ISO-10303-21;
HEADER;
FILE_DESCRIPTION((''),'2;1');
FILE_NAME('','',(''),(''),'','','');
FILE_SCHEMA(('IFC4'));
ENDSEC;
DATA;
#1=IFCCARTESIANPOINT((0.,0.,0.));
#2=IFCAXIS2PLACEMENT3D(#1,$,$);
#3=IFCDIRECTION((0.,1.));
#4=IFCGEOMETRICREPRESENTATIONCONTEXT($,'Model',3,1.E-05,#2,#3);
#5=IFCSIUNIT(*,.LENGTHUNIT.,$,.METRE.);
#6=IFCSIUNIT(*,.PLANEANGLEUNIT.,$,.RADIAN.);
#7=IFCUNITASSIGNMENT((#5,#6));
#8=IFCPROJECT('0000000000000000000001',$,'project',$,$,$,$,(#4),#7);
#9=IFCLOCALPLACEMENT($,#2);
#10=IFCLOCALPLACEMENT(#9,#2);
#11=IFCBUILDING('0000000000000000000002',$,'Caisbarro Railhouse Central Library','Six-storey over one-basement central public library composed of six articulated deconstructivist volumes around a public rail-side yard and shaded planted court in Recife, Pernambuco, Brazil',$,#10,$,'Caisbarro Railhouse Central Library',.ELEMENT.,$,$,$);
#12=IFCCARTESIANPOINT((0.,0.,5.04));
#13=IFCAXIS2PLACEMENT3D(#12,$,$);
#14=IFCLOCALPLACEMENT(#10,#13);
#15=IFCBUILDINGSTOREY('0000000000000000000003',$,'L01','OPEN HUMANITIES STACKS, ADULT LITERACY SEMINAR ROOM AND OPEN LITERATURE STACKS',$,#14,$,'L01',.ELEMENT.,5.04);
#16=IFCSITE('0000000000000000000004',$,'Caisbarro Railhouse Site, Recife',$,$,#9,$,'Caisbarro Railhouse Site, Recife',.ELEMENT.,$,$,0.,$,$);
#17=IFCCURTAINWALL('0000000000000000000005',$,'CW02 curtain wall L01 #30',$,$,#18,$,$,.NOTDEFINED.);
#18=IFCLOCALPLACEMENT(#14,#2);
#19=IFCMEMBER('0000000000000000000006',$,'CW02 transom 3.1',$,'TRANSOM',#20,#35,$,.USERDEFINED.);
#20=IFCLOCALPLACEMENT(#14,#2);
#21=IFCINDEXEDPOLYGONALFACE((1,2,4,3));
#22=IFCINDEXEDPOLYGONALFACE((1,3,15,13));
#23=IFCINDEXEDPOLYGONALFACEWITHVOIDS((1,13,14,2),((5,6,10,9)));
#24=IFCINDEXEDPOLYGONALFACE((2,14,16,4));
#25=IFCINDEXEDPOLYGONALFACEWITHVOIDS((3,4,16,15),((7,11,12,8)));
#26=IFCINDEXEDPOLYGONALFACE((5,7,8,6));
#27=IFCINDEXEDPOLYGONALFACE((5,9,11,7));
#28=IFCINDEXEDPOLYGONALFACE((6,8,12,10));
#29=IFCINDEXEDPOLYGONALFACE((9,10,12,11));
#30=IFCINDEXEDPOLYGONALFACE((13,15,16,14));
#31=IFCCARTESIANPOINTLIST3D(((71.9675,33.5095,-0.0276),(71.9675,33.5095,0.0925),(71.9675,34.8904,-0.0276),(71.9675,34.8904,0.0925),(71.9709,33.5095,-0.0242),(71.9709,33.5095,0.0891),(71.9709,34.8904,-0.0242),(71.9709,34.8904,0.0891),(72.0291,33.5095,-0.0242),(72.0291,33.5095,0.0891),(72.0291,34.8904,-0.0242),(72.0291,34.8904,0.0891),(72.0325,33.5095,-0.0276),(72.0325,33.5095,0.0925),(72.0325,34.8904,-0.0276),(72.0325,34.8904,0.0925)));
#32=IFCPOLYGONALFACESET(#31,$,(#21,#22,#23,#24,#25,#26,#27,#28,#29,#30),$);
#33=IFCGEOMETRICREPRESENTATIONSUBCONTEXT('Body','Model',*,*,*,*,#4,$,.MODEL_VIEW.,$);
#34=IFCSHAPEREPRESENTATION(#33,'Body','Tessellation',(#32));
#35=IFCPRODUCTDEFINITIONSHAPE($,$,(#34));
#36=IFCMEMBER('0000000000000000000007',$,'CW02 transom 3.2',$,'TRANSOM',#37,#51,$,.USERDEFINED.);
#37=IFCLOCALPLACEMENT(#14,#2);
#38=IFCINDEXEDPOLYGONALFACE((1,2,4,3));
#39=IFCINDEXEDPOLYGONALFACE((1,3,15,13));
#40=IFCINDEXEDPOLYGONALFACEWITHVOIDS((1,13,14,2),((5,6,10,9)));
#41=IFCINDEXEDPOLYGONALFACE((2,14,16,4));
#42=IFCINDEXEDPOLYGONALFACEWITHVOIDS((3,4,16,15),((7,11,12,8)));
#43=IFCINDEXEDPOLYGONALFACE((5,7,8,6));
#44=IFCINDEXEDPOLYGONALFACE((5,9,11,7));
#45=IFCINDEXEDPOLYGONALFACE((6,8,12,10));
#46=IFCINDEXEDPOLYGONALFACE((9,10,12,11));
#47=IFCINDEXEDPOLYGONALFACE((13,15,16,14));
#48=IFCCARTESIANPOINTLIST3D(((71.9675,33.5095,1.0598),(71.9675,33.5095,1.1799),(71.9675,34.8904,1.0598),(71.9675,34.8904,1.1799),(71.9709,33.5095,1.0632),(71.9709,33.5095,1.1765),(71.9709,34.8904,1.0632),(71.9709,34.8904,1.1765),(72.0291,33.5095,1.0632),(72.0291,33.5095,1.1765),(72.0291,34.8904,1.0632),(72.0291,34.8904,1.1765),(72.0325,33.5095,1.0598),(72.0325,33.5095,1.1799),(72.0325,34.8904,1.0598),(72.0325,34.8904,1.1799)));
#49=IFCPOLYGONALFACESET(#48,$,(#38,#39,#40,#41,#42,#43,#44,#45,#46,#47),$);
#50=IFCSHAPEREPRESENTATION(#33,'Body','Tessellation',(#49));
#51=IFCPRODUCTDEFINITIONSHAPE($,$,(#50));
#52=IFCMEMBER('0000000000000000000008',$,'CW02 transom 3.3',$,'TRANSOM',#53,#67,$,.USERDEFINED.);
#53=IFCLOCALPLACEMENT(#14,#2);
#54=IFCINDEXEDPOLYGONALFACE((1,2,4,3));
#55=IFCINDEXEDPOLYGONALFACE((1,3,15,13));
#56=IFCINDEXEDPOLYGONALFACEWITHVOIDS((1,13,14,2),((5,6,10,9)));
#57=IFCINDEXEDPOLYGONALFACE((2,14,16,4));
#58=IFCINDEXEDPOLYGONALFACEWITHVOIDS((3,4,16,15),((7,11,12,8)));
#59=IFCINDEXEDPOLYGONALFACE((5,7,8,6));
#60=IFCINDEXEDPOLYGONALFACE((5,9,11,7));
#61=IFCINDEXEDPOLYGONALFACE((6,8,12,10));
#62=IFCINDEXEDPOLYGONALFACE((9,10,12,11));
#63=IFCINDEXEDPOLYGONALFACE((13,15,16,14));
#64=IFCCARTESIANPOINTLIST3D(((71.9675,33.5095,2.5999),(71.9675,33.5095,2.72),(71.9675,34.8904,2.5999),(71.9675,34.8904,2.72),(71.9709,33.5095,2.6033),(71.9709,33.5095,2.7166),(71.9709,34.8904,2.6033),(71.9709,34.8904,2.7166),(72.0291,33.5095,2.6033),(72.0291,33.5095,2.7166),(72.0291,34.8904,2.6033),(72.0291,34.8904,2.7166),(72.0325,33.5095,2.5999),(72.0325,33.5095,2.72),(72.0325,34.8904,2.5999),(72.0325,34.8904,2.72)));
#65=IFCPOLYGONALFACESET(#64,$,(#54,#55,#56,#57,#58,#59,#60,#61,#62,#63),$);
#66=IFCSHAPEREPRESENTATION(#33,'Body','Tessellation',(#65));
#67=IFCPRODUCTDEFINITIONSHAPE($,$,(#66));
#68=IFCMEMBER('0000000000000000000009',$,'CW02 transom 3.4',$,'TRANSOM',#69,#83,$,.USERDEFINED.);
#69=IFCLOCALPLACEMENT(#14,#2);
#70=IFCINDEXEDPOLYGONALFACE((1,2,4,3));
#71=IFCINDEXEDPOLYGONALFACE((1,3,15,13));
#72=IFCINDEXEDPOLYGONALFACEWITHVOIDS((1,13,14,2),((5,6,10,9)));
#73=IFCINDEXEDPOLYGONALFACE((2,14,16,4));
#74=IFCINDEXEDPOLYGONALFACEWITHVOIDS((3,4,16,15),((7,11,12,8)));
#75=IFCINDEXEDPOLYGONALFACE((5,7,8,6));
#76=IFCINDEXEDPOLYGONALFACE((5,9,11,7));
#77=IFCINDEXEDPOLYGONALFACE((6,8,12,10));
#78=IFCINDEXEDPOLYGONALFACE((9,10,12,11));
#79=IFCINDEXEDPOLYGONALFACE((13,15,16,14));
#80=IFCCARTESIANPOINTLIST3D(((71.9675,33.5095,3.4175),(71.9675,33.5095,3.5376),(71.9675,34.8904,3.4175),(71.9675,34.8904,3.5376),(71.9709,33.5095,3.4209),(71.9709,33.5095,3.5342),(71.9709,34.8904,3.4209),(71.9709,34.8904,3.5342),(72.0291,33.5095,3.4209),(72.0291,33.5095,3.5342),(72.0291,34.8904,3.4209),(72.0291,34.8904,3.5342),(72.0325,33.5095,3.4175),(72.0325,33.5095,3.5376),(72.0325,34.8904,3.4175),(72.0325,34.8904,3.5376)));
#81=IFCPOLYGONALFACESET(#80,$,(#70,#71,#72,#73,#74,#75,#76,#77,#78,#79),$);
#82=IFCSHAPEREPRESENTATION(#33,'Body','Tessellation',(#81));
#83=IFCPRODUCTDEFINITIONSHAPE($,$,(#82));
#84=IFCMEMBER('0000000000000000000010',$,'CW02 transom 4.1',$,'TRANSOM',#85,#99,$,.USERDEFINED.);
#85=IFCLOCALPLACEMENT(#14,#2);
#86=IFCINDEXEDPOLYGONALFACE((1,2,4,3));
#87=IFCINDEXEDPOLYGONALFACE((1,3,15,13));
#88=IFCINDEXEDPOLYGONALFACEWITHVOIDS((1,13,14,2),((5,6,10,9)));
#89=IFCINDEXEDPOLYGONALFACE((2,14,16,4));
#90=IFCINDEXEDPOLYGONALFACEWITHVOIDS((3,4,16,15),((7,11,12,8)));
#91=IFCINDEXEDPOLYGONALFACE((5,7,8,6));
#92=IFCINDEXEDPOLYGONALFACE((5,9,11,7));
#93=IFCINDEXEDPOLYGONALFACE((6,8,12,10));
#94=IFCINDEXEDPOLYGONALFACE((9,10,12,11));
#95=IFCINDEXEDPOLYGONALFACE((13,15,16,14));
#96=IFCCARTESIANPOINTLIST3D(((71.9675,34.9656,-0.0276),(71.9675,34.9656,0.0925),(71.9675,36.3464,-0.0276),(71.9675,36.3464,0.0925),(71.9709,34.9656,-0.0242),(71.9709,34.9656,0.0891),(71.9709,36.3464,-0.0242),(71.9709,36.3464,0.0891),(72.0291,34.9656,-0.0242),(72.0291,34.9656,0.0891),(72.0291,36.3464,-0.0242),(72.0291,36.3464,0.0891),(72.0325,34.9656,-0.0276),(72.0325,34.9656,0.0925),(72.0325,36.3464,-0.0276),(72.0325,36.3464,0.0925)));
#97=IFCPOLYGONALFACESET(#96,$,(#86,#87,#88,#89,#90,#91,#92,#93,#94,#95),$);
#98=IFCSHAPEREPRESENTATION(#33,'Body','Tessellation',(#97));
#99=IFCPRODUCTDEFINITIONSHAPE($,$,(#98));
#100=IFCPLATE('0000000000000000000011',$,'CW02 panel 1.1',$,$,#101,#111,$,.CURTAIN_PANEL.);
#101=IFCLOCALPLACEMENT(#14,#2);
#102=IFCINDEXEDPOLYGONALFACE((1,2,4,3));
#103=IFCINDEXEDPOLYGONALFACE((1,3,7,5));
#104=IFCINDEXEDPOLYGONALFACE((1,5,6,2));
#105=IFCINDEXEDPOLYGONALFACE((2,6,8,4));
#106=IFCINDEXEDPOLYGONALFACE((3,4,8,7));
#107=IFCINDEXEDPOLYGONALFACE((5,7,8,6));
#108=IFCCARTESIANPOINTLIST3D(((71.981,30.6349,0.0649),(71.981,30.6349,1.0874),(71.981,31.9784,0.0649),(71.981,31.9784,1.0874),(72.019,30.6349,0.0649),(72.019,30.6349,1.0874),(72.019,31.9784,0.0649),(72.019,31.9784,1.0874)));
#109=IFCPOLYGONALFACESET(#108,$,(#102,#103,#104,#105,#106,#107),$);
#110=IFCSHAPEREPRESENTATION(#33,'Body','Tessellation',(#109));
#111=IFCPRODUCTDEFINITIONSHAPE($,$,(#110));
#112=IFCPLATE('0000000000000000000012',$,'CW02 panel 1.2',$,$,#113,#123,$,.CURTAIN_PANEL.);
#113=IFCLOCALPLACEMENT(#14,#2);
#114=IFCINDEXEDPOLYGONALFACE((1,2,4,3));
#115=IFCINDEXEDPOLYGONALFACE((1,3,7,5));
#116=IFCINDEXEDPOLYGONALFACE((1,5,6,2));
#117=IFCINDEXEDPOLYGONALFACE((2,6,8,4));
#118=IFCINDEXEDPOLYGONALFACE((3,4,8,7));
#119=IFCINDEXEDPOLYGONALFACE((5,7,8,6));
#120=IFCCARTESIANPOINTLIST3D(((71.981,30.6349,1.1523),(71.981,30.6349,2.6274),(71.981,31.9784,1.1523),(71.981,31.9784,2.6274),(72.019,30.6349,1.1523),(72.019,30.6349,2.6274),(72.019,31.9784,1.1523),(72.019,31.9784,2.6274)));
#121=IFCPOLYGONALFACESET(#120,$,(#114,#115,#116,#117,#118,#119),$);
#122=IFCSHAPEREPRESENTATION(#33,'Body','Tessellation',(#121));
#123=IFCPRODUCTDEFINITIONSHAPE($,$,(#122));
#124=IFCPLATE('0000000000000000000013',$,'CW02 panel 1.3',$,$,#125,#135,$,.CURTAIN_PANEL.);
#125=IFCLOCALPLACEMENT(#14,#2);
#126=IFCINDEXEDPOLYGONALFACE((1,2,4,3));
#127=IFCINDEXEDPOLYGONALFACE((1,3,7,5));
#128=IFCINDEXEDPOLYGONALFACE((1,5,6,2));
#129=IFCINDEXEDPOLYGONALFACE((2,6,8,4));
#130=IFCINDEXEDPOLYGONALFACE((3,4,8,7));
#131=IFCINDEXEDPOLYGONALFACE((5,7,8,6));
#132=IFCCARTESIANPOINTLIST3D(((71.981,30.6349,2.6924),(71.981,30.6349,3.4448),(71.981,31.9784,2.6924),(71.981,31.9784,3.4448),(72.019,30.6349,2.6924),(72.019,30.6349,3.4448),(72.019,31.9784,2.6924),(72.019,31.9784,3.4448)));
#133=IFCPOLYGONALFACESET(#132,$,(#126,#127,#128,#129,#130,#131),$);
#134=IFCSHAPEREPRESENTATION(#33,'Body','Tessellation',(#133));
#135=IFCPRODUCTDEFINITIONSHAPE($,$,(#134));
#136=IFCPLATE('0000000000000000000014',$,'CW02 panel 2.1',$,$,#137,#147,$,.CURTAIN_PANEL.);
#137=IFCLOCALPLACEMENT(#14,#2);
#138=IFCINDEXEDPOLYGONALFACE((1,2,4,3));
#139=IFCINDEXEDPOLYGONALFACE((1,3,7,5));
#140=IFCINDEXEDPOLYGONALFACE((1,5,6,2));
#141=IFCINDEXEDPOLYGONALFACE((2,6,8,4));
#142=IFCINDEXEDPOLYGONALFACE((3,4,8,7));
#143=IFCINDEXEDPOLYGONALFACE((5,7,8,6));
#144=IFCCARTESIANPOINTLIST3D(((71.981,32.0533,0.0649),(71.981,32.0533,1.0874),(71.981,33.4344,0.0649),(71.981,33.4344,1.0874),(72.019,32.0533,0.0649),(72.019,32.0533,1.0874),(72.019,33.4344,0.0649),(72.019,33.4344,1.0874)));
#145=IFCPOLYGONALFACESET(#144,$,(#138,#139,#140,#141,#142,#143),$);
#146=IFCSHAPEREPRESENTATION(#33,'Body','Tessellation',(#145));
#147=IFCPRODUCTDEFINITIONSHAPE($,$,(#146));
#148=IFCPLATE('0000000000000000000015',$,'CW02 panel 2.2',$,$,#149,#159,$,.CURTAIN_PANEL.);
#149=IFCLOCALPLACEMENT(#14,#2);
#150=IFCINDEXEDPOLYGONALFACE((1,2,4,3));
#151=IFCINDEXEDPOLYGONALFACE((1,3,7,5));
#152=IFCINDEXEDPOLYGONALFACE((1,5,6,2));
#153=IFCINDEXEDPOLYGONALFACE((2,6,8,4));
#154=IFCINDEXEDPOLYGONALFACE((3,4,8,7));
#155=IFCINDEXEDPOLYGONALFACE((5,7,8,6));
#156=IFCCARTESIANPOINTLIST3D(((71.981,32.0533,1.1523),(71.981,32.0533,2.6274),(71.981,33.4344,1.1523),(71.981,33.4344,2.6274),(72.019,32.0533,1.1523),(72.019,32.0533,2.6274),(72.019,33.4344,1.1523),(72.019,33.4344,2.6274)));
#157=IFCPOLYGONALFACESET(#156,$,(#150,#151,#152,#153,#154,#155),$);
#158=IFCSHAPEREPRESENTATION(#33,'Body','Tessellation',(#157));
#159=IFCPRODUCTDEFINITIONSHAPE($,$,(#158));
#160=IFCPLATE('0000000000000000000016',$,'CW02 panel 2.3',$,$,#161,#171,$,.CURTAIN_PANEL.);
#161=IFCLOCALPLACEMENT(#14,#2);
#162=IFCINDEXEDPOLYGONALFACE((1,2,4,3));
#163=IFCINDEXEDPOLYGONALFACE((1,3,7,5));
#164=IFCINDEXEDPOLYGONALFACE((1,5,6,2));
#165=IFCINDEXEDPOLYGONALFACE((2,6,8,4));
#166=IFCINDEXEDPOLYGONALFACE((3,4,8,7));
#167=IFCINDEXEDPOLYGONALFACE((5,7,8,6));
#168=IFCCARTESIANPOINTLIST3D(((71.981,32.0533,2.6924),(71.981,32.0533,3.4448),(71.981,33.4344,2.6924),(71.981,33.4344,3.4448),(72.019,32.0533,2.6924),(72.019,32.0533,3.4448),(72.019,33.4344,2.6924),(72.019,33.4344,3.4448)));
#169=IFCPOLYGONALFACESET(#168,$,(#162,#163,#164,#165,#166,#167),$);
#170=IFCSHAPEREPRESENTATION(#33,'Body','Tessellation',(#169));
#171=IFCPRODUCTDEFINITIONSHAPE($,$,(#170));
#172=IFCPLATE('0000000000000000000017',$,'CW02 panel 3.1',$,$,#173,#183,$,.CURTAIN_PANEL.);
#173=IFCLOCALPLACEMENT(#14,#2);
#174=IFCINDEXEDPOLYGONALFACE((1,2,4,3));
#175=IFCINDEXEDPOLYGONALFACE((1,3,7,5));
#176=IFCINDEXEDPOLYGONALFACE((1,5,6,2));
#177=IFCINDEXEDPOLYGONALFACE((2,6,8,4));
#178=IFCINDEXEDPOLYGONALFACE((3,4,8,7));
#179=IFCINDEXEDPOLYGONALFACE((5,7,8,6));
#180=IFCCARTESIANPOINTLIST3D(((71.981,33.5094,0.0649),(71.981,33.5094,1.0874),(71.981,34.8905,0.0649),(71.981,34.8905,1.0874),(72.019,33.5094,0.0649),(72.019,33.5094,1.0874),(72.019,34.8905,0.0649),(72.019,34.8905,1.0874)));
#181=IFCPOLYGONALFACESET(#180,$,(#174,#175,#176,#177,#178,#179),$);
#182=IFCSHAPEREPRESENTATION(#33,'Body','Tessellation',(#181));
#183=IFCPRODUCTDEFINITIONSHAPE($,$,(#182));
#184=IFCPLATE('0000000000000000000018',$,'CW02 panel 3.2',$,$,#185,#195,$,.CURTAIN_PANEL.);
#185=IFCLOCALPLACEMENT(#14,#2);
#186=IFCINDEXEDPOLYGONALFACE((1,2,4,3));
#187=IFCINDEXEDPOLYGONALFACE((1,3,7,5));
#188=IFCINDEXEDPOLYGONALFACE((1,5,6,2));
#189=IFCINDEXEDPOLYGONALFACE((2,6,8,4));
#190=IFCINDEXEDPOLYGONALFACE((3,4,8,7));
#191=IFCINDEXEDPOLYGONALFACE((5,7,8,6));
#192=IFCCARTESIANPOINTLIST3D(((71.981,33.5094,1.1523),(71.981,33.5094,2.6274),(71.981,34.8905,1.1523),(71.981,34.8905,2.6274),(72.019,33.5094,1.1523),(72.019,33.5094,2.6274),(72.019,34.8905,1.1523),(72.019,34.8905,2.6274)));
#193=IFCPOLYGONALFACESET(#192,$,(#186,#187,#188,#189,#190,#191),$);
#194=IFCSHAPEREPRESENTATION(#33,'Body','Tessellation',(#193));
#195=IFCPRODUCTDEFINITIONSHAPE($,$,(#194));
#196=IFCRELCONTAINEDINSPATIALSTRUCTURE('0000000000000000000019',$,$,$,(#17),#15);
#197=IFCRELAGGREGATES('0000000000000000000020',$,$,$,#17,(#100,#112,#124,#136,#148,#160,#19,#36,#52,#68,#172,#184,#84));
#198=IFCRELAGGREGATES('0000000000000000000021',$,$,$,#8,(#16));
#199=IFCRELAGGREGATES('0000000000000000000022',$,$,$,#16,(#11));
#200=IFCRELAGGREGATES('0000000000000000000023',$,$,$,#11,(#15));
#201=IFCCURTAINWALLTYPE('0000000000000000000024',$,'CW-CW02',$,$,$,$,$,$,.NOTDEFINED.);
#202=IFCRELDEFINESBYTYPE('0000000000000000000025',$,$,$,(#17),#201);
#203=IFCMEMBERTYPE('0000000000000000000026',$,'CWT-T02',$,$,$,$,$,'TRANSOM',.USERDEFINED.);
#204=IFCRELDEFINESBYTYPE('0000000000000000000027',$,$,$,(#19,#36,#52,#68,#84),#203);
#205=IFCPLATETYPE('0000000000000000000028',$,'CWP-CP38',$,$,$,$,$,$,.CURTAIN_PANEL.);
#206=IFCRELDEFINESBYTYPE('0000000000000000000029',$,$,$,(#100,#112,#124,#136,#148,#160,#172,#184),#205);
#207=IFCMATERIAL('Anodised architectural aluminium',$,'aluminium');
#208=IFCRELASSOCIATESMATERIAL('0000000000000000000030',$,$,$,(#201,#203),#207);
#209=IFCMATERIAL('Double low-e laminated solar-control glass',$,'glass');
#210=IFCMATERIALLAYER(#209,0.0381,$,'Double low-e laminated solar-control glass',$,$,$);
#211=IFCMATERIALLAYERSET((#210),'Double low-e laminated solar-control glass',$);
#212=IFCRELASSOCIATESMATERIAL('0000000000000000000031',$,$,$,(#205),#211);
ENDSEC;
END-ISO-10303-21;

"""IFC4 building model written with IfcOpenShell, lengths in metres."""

from ifc_helpers import new_model, si_unit, direction, frame, origin, origin_2d, place, context, subcontext, project, spatial, rectangle, hollow_rectangle, extrude, material, layer, layer_set, material_profile, profile_set, type_object, element, aggregate, save


model = new_model("IFC4")

# Units and contexts
model_context = context("Model", 3, precision=1e-05, world=origin(), true_north=direction((0.0, 1.0)))
body_context = subcontext(model_context, "Body", "Model", "MODEL_VIEW")
ifc_project = project(units=[si_unit("LENGTHUNIT", "METRE"), si_unit("PLANEANGLEUNIT", "RADIAN")], contexts=[model_context])

# Site, building, storey
site_placement = place(None, origin())
site = spatial("IfcSite", under=ifc_project, at=site_placement, Name="Caisbarro Railhouse Site, Recife", LongName="Caisbarro Railhouse Site, Recife", CompositionType="ELEMENT", RefElevation=0.0)
building_placement = place(site_placement, origin())
building = spatial("IfcBuilding", under=site, at=building_placement, Name="Caisbarro Railhouse Central Library", Description="Six-storey over one-basement central public library composed of six articulated deconstructivist volumes around a public rail-side yard and shaded planted court in Recife, Pernambuco, Brazil", LongName="Caisbarro Railhouse Central Library", CompositionType="ELEMENT")
storey_placement = place(building_placement, frame((0.0, 0.0, 5.04)))
storey = spatial("IfcBuildingStorey", under=building, at=storey_placement, Name="L01", Description="OPEN HUMANITIES STACKS, ADULT LITERACY SEMINAR ROOM AND OPEN LITERATURE STACKS", LongName="L01", CompositionType="ELEMENT", Elevation=5.04)

# Curtain wall, members, plates
ifc_material_1 = material(Name="Anodised architectural aluminium", Category="aluminium")
curtain_wall_type = type_object("IfcCurtainWallType", Name="CW-CW02", PredefinedType="NOTDEFINED", material=ifc_material_1)
curtain_wall_placement = place(storey_placement, origin())
curtain_wall = element("IfcCurtainWall", 1, at=curtain_wall_placement, inside=storey, type_object=curtain_wall_type, Name="CW02 curtain wall L01 #30", PredefinedType="NOTDEFINED")
ifc_material_profile_1 = material_profile(ifc_material_1, hollow_rectangle(XDim=0.0649, YDim=0.1201, WallThickness=0.0034, at=origin_2d()), Name="ALU-TRN-65X120")
ifc_profile_set_1 = profile_set([ifc_material_profile_1], Name="Anodised architectural aluminium")
member_type_1 = type_object("IfcMemberType", Name="CWT-T02", ElementType="TRANSOM", PredefinedType="USERDEFINED", material=ifc_profile_set_1)
member_1_placement = place(storey_placement, frame((72.0, 33.5095, 0.0325), z_axis=(0.0, 1.0, 0.0), x_axis=(-1.0, 0.0, 0.0)))
member_1 = element("IfcMember", 2, at=member_1_placement, type_object=member_type_1, Name="CW02 transom 3.1", ObjectType="TRANSOM", PredefinedType="USERDEFINED", context=body_context, shape_type="SweptSolid", body=[
    extrude(hollow_rectangle(XDim=0.0649, YDim=0.1201, WallThickness=0.0034, at=origin_2d()), origin(), (0.0, 0.0, 1.0), 1.3809),
])
member_2_placement = place(storey_placement, frame((72.0, 33.5095, 1.1199), z_axis=(0.0, 1.0, 0.0), x_axis=(-1.0, 0.0, 0.0)))
member_2 = element("IfcMember", 3, at=member_2_placement, type_object=member_type_1, Name="CW02 transom 3.2", ObjectType="TRANSOM", PredefinedType="USERDEFINED", context=body_context, shape_type="SweptSolid", body=[
    extrude(hollow_rectangle(XDim=0.0649, YDim=0.1201, WallThickness=0.0034, at=origin_2d()), origin(), (0.0, 0.0, 1.0), 1.3809),
])
member_3_placement = place(storey_placement, frame((72.0, 33.5095, 2.6599), z_axis=(0.0, 1.0, 0.0), x_axis=(-1.0, 0.0, 0.0)))
member_3 = element("IfcMember", 4, at=member_3_placement, type_object=member_type_1, Name="CW02 transom 3.3", ObjectType="TRANSOM", PredefinedType="USERDEFINED", context=body_context, shape_type="SweptSolid", body=[
    extrude(hollow_rectangle(XDim=0.0649, YDim=0.1201, WallThickness=0.0034, at=origin_2d()), origin(), (0.0, 0.0, 1.0), 1.3809),
])
member_4_placement = place(storey_placement, frame((72.0, 33.5095, 3.4775), z_axis=(0.0, 1.0, 0.0), x_axis=(-1.0, 0.0, 0.0)))
member_4 = element("IfcMember", 5, at=member_4_placement, type_object=member_type_1, Name="CW02 transom 3.4", ObjectType="TRANSOM", PredefinedType="USERDEFINED", context=body_context, shape_type="SweptSolid", body=[
    extrude(hollow_rectangle(XDim=0.0649, YDim=0.1201, WallThickness=0.0034, at=origin_2d()), origin(), (0.0, 0.0, 1.0), 1.3809),
])
member_5_placement = place(storey_placement, frame((72.0, 34.9656, 0.0325), z_axis=(0.0, 1.0, 0.0), x_axis=(-1.0, 0.0, 0.0)))
member_5 = element("IfcMember", 6, at=member_5_placement, type_object=member_type_1, Name="CW02 transom 4.1", ObjectType="TRANSOM", PredefinedType="USERDEFINED", context=body_context, shape_type="SweptSolid", body=[
    extrude(hollow_rectangle(XDim=0.0649, YDim=0.1201, WallThickness=0.0034, at=origin_2d()), origin(), (0.0, 0.0, 1.0), 1.3809),
])
ifc_material_2 = material(Name="Double low-e laminated solar-control glass", Category="glass")
ifc_layer_1 = layer(ifc_material_2, 0.0381, Name="Double low-e laminated solar-control glass")
ifc_layer_set_1 = layer_set([ifc_layer_1], Name="Double low-e laminated solar-control glass")
plate_type_1 = type_object("IfcPlateType", Name="CWP-CP38", PredefinedType="CURTAIN_PANEL", material=ifc_layer_set_1)
plate_1_placement = place(storey_placement, frame((72.0, 31.3066, 0.0649), z_axis=(0.0, 0.0, 1.0), x_axis=(0.0, 1.0, 0.0)))
plate_1 = element("IfcPlate", 7, at=plate_1_placement, type_object=plate_type_1, Name="CW02 panel 1.1", PredefinedType="CURTAIN_PANEL", context=body_context, shape_type="SweptSolid", body=[
    extrude(rectangle(XDim=1.3435, YDim=0.0381, at=origin_2d()), origin(), (0.0, 0.0, 1.0), 1.0225),
])
plate_2_placement = place(storey_placement, frame((72.0, 31.3066, 1.1523), z_axis=(0.0, 0.0, 1.0), x_axis=(0.0, 1.0, 0.0)))
plate_2 = element("IfcPlate", 8, at=plate_2_placement, type_object=plate_type_1, Name="CW02 panel 1.2", PredefinedType="CURTAIN_PANEL", context=body_context, shape_type="SweptSolid", body=[
    extrude(rectangle(XDim=1.3435, YDim=0.0381, at=origin_2d()), origin(), (0.0, 0.0, 1.0), 1.4751),
])
plate_3_placement = place(storey_placement, frame((72.0, 31.3066, 2.6924), z_axis=(0.0, 0.0, 1.0), x_axis=(0.0, 1.0, 0.0)))
plate_3 = element("IfcPlate", 9, at=plate_3_placement, type_object=plate_type_1, Name="CW02 panel 1.3", PredefinedType="CURTAIN_PANEL", context=body_context, shape_type="SweptSolid", body=[
    extrude(rectangle(XDim=1.3435, YDim=0.0381, at=origin_2d()), origin(), (0.0, 0.0, 1.0), 0.7524),
])
plate_4_placement = place(storey_placement, frame((72.0, 32.7439, 0.0649), z_axis=(0.0, 0.0, 1.0), x_axis=(0.0, 1.0, 0.0)))
plate_4 = element("IfcPlate", 10, at=plate_4_placement, type_object=plate_type_1, Name="CW02 panel 2.1", PredefinedType="CURTAIN_PANEL", context=body_context, shape_type="SweptSolid", body=[
    extrude(rectangle(XDim=1.3811, YDim=0.0381, at=origin_2d()), origin(), (0.0, 0.0, 1.0), 1.0225),
])
plate_5_placement = place(storey_placement, frame((72.0, 32.7439, 1.1523), z_axis=(0.0, 0.0, 1.0), x_axis=(0.0, 1.0, 0.0)))
plate_5 = element("IfcPlate", 11, at=plate_5_placement, type_object=plate_type_1, Name="CW02 panel 2.2", PredefinedType="CURTAIN_PANEL", context=body_context, shape_type="SweptSolid", body=[
    extrude(rectangle(XDim=1.3811, YDim=0.0381, at=origin_2d()), origin(), (0.0, 0.0, 1.0), 1.4751),
])
plate_6_placement = place(storey_placement, frame((72.0, 32.7439, 2.6924), z_axis=(0.0, 0.0, 1.0), x_axis=(0.0, 1.0, 0.0)))
plate_6 = element("IfcPlate", 12, at=plate_6_placement, type_object=plate_type_1, Name="CW02 panel 2.3", PredefinedType="CURTAIN_PANEL", context=body_context, shape_type="SweptSolid", body=[
    extrude(rectangle(XDim=1.3811, YDim=0.0381, at=origin_2d()), origin(), (0.0, 0.0, 1.0), 0.7524),
])
plate_7_placement = place(storey_placement, frame((72.0, 34.2, 0.0649), z_axis=(0.0, 0.0, 1.0), x_axis=(0.0, 1.0, 0.0)))
plate_7 = element("IfcPlate", 13, at=plate_7_placement, type_object=plate_type_1, Name="CW02 panel 3.1", PredefinedType="CURTAIN_PANEL", context=body_context, shape_type="SweptSolid", body=[
    extrude(rectangle(XDim=1.3811, YDim=0.0381, at=origin_2d()), origin(), (0.0, 0.0, 1.0), 1.0225),
])
plate_8_placement = place(storey_placement, frame((72.0, 34.2, 1.1523), z_axis=(0.0, 0.0, 1.0), x_axis=(0.0, 1.0, 0.0)))
plate_8 = element("IfcPlate", 14, at=plate_8_placement, type_object=plate_type_1, Name="CW02 panel 3.2", PredefinedType="CURTAIN_PANEL", context=body_context, shape_type="SweptSolid", body=[
    extrude(rectangle(XDim=1.3811, YDim=0.0381, at=origin_2d()), origin(), (0.0, 0.0, 1.0), 1.4751),
])
aggregate(curtain_wall, [plate_1, plate_2, plate_3, plate_4, plate_5, plate_6, member_1, member_2, member_3, member_4, plate_7, plate_8, member_5])

save(model, "model.ifc")
